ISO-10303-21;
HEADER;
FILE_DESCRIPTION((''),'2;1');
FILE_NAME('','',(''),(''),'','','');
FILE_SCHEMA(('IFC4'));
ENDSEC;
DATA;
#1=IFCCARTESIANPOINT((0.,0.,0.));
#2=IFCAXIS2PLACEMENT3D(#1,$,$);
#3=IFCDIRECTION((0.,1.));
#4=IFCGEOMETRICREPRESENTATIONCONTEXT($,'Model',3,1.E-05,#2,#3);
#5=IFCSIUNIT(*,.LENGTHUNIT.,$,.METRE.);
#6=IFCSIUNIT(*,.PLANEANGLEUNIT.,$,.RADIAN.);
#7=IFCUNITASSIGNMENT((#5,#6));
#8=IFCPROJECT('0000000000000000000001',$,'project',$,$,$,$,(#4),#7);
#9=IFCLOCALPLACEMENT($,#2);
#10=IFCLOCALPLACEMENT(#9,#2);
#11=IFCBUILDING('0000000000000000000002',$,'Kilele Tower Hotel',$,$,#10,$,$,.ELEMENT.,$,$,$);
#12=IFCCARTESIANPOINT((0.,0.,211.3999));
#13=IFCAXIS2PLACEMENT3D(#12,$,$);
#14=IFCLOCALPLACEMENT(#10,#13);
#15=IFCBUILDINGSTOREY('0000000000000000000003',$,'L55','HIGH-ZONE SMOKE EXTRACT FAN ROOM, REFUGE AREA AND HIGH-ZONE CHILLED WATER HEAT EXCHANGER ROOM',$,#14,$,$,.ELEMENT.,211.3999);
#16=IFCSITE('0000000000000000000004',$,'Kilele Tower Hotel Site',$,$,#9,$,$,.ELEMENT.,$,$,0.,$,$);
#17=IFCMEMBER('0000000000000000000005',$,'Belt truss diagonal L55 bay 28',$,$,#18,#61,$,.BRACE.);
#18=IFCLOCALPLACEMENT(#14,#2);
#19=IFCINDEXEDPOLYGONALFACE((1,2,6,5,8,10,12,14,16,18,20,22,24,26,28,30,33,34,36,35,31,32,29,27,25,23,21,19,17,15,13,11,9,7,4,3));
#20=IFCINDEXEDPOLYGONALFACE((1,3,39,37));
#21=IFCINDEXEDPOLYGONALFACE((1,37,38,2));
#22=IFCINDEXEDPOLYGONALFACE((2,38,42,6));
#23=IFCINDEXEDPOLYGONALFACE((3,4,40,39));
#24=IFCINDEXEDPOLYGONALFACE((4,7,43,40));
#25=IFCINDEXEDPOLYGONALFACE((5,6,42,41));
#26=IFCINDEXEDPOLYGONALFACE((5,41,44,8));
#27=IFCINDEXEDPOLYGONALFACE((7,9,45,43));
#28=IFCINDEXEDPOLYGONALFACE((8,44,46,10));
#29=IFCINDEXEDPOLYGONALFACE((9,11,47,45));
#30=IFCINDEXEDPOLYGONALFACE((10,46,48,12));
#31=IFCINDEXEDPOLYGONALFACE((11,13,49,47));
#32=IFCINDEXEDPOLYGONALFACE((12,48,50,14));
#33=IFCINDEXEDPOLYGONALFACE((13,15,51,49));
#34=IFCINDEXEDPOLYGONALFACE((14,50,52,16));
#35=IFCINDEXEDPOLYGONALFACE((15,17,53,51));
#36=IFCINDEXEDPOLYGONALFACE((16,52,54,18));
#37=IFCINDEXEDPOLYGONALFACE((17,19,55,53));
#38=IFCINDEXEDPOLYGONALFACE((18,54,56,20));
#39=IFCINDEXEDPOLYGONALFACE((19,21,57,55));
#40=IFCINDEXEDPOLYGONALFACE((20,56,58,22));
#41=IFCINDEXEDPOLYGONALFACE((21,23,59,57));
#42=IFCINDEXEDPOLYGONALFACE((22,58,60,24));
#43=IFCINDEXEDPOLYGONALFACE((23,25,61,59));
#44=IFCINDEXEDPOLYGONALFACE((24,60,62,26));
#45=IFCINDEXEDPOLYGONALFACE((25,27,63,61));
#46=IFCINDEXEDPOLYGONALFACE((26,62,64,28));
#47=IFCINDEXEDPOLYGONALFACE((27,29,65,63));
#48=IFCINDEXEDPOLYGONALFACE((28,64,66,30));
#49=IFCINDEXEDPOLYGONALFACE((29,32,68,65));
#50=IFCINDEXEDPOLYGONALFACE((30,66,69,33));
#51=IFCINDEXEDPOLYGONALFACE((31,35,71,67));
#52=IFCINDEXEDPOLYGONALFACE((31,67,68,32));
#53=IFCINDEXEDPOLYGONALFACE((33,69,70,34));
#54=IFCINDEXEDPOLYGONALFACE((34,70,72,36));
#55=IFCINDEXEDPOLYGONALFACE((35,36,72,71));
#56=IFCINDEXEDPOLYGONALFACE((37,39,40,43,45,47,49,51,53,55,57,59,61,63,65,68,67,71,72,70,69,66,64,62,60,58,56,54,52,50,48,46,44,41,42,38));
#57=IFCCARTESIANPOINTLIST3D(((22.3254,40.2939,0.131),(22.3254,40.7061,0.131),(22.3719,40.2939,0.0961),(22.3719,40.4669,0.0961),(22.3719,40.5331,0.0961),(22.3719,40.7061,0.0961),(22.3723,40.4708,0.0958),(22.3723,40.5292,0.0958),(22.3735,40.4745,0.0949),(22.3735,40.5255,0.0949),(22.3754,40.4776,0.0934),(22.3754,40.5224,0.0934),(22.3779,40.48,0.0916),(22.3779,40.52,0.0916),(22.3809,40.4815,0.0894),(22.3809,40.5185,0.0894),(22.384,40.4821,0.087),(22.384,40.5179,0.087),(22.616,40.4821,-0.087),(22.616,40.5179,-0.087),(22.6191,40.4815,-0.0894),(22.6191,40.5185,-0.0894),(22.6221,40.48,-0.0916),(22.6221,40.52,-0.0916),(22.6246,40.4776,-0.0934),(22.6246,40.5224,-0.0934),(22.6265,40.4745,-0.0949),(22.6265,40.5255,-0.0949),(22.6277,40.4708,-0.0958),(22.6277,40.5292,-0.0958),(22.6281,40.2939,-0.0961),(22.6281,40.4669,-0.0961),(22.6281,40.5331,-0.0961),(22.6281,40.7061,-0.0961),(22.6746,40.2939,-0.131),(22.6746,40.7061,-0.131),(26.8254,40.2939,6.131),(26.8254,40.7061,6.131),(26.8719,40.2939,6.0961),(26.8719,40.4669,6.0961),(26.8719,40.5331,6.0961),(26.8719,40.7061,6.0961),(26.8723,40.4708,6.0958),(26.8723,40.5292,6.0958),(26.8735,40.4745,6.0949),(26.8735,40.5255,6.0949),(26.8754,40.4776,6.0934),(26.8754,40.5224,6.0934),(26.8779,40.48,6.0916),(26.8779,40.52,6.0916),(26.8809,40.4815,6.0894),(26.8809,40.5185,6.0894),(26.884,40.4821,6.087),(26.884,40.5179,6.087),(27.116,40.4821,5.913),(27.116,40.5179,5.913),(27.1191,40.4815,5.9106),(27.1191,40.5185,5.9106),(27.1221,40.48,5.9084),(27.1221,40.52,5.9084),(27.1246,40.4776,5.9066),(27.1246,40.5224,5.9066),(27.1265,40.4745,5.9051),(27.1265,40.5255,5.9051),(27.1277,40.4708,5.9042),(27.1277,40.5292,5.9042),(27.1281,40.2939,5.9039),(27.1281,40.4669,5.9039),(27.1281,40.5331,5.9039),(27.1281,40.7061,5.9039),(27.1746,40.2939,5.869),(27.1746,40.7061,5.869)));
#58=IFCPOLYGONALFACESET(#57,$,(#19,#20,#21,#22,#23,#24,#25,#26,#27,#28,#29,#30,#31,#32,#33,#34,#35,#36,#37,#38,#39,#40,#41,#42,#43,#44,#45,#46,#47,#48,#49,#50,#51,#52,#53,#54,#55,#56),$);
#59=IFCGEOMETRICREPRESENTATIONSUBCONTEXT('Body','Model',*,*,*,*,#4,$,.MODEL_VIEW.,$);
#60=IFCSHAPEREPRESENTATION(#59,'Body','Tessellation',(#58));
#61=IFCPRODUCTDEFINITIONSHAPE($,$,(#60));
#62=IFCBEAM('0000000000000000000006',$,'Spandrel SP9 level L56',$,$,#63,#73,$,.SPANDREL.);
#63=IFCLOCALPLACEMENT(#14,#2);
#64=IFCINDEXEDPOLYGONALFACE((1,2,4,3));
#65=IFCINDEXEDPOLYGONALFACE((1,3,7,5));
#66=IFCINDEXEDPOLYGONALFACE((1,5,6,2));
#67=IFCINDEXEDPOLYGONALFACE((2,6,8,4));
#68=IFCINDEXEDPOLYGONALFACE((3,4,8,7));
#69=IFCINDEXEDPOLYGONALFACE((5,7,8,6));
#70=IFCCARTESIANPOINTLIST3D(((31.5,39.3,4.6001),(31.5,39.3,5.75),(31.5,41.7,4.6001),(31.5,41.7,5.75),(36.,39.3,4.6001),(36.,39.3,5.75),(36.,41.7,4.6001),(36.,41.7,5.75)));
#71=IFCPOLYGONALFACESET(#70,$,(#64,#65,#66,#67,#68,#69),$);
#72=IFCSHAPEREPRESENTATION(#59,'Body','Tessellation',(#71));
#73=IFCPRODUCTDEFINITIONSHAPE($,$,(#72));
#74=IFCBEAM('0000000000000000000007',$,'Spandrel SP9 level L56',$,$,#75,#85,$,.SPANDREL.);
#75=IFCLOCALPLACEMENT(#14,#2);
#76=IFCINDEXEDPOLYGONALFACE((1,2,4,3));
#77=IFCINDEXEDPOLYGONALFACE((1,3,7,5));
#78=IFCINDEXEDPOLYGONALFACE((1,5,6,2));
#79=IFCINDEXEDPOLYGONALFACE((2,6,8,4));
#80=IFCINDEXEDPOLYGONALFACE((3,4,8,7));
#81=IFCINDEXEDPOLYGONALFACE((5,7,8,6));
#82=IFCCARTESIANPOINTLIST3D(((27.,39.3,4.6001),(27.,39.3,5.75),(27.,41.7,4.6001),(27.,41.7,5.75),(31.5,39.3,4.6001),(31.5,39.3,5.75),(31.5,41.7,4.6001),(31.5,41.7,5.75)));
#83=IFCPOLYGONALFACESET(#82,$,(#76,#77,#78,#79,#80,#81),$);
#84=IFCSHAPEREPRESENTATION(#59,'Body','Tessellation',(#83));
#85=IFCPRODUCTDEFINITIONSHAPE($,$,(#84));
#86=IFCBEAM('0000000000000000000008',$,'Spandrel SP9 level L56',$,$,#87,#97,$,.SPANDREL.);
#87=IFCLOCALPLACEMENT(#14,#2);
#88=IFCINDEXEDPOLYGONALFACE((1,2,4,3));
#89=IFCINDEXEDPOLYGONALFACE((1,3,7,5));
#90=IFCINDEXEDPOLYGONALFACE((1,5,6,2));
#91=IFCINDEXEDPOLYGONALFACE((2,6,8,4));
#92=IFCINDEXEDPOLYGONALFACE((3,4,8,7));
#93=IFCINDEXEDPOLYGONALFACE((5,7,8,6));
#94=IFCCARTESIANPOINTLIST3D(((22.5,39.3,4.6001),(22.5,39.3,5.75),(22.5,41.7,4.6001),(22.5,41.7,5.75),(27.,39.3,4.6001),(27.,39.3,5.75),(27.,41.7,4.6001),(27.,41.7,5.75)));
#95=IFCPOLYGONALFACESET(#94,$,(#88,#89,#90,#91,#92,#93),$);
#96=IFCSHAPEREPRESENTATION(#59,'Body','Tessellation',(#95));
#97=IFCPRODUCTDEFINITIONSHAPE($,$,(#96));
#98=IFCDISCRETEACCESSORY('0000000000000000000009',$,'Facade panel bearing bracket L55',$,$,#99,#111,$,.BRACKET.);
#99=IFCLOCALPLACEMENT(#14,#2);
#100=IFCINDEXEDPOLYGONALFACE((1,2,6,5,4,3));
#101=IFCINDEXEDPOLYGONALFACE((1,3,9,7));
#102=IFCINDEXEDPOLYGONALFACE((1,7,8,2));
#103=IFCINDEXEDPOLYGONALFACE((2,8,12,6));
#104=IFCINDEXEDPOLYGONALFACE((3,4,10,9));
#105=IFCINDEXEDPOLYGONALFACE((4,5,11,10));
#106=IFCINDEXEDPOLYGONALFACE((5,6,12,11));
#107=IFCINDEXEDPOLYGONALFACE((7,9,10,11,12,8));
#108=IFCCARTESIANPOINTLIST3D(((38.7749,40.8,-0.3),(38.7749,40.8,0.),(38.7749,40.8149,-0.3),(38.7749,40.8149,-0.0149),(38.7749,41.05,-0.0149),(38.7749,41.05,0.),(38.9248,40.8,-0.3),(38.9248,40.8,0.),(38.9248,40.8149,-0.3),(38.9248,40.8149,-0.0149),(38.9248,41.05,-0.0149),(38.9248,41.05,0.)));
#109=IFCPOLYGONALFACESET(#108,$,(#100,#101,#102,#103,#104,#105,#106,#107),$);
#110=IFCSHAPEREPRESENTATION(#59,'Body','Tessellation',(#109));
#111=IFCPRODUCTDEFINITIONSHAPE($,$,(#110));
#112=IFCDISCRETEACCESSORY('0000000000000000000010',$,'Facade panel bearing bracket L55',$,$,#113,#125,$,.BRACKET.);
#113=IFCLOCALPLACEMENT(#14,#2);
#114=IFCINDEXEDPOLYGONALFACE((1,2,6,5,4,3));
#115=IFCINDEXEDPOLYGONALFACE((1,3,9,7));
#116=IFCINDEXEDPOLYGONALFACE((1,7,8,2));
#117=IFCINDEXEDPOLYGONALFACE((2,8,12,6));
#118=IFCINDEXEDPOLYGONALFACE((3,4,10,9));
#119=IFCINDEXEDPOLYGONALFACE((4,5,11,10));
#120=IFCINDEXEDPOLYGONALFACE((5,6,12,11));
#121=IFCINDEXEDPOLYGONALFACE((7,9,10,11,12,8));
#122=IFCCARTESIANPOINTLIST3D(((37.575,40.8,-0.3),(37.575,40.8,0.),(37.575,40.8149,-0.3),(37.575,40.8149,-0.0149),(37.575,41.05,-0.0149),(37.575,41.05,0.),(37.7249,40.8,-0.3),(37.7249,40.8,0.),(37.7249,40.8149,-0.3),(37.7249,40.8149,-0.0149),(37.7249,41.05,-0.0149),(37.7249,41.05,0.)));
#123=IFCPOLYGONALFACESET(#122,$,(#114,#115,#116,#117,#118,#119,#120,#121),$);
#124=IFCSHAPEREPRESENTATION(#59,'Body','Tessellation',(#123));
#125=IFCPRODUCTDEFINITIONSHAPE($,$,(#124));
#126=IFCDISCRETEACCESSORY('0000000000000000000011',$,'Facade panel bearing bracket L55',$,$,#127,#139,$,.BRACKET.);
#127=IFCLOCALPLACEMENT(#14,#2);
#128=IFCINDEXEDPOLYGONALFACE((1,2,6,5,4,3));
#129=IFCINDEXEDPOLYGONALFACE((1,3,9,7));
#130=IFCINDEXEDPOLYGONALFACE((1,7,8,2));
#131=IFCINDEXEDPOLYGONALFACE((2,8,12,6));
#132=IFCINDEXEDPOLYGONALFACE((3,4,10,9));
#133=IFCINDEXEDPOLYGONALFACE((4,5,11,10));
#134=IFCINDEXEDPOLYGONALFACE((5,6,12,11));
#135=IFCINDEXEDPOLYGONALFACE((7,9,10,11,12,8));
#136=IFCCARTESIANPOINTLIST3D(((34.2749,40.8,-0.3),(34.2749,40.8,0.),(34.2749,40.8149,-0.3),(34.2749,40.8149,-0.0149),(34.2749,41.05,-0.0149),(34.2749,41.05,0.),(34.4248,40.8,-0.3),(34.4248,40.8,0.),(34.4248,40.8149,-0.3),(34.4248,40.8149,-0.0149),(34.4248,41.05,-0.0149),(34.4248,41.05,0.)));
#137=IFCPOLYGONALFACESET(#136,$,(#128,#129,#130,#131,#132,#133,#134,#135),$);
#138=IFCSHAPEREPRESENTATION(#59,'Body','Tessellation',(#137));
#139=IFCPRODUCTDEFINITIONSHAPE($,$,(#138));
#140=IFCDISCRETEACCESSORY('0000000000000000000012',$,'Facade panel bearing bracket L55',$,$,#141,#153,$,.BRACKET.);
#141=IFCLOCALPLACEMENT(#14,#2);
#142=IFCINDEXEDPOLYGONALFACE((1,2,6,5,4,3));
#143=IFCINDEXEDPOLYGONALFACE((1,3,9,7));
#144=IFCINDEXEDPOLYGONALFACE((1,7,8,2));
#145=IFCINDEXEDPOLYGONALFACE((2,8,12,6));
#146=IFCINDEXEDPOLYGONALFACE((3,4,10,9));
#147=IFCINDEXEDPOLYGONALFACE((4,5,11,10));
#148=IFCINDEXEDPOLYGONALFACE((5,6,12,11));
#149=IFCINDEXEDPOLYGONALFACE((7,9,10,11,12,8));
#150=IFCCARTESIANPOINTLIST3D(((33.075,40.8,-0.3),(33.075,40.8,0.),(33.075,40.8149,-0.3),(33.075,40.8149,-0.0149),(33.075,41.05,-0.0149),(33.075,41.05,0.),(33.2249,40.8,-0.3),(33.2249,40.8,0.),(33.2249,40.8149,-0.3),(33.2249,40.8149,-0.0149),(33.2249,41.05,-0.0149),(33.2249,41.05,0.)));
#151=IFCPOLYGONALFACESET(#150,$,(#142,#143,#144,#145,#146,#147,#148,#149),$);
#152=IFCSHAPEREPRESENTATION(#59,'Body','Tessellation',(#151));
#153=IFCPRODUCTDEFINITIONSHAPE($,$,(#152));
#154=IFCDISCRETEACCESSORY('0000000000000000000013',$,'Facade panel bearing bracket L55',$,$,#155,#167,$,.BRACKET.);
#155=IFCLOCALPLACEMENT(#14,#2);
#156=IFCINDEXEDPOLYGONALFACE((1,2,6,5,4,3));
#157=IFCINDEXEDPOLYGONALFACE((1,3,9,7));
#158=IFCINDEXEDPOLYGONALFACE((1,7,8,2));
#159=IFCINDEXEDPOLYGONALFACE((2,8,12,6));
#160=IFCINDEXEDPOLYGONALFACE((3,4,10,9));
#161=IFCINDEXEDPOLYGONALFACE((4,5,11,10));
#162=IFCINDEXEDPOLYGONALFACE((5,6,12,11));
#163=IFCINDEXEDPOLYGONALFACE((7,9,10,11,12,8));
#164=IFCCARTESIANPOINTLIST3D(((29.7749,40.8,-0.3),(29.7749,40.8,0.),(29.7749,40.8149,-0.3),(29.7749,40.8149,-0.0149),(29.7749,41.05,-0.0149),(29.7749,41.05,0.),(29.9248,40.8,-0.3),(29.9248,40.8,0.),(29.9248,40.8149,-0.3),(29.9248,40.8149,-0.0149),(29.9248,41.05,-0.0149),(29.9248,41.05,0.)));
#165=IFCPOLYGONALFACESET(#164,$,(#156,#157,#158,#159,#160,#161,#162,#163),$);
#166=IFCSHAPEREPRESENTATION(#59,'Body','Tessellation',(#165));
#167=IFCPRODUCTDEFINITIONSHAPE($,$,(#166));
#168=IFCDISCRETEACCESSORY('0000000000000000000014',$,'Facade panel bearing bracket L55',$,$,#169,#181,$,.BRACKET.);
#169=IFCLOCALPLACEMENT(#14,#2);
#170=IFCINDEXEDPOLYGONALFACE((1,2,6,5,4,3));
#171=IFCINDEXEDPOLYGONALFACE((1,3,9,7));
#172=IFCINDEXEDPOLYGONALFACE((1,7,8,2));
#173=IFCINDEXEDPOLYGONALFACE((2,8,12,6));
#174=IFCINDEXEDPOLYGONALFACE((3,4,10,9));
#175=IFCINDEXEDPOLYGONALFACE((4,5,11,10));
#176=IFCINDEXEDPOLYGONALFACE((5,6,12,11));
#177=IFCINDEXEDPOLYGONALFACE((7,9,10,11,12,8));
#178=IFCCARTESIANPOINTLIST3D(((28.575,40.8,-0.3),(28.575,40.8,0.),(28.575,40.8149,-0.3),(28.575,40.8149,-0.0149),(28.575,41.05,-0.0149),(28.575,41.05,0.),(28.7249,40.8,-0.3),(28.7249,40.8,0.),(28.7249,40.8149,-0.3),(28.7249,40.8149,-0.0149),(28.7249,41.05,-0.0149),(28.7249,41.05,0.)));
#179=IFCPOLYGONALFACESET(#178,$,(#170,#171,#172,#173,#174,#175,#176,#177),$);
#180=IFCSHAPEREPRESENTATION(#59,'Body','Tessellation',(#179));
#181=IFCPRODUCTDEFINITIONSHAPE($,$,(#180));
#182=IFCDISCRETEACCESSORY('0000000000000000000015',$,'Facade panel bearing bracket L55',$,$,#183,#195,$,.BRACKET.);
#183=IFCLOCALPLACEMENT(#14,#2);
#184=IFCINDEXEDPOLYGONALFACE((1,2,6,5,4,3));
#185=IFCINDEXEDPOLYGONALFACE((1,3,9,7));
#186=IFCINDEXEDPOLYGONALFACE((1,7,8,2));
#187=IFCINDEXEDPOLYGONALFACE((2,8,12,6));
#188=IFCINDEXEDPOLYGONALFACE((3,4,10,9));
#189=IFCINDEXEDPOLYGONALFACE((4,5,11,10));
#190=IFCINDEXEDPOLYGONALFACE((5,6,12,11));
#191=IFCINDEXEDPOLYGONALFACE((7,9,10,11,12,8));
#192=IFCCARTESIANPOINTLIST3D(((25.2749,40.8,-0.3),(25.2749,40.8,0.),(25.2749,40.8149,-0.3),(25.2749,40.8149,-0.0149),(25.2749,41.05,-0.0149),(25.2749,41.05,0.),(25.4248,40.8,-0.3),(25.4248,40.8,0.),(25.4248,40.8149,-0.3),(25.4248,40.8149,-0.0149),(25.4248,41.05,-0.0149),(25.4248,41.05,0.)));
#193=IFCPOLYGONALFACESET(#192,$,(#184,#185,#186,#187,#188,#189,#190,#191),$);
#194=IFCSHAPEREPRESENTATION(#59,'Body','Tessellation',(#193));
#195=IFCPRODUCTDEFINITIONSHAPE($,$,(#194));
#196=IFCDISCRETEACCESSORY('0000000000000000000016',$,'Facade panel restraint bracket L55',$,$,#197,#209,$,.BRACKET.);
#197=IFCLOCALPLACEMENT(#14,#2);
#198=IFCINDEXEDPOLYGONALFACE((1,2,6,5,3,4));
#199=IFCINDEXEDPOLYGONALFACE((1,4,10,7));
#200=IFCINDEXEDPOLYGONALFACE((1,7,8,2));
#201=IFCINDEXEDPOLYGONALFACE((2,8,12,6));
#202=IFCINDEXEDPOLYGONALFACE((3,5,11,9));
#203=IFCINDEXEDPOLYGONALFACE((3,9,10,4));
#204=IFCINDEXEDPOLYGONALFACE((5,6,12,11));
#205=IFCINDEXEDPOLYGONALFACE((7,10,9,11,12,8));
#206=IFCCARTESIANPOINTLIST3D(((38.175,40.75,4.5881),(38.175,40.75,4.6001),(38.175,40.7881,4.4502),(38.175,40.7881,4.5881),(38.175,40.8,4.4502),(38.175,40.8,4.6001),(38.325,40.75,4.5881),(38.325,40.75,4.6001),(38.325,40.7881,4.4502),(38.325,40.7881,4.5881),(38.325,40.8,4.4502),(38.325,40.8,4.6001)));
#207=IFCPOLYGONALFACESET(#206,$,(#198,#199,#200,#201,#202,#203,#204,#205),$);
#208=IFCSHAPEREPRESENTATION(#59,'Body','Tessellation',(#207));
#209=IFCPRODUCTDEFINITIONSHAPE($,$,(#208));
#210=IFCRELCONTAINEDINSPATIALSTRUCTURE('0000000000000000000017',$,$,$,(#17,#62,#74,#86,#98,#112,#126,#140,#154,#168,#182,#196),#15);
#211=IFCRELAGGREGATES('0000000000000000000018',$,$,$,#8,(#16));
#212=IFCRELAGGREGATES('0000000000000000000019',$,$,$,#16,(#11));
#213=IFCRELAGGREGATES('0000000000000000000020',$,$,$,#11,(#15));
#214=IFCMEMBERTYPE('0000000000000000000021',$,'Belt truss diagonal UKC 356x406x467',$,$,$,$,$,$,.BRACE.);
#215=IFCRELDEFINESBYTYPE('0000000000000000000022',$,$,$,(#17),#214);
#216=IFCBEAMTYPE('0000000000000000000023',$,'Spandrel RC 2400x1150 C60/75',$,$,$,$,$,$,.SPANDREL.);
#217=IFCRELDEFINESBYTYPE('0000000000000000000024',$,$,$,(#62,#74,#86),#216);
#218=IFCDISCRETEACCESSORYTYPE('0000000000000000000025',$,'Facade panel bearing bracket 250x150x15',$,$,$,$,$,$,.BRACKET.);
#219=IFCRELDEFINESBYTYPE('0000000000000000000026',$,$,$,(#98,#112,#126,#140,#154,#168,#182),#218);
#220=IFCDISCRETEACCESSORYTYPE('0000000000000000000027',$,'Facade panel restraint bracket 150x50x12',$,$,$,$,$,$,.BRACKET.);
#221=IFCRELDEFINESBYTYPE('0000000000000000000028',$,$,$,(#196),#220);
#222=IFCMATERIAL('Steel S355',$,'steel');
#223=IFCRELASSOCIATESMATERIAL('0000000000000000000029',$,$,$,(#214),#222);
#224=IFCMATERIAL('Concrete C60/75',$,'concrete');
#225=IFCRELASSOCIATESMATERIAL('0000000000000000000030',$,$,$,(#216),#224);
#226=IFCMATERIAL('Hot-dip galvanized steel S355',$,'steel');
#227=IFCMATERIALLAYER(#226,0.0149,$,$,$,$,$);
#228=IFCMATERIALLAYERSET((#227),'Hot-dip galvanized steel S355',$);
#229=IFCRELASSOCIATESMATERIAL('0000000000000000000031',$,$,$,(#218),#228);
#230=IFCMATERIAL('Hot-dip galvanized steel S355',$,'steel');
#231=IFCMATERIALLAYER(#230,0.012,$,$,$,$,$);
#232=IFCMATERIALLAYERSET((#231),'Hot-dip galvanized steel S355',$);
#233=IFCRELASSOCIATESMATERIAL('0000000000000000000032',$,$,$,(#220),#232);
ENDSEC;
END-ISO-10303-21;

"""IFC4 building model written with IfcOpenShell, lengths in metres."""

from ifc_helpers import new_model, si_unit, direction, frame, origin, origin_2d, place, context, subcontext, project, spatial, polyline, rectangle, i_section, outline, extrude, source, transform, mapped, material, layer, layer_set, material_profile, profile_set, type_object, element, save


model = new_model("IFC4")

# Units and contexts
model_context = context("Model", 3, precision=1e-05, world=origin(), true_north=direction((0.0, 1.0)))
body_context = subcontext(model_context, "Body", "Model", "MODEL_VIEW")
ifc_project = project(units=[si_unit("LENGTHUNIT", "METRE"), si_unit("PLANEANGLEUNIT", "RADIAN")], contexts=[model_context])

# Site, building, storey
site_placement = place(None, origin())
site = spatial("IfcSite", under=ifc_project, at=site_placement, Name="Kilele Tower Hotel Site", CompositionType="ELEMENT", RefElevation=0.0)
building_placement = place(site_placement, origin())
building = spatial("IfcBuilding", under=site, at=building_placement, Name="Kilele Tower Hotel", CompositionType="ELEMENT")
storey_placement = place(building_placement, frame((0.0, 0.0, 211.3999)))
storey = spatial("IfcBuildingStorey", under=building, at=storey_placement, Name="L55", Description="HIGH-ZONE SMOKE EXTRACT FAN ROOM, REFUGE AREA AND HIGH-ZONE CHILLED WATER HEAT EXCHANGER ROOM", CompositionType="ELEMENT", Elevation=211.3999)

# Member
ifc_material_1 = material(Name="Steel S355", Category="steel")
ifc_material_profile_1 = material_profile(ifc_material_1, i_section(OverallWidth=0.4121, OverallDepth=0.4365, WebThickness=0.0359, FlangeThickness=0.0581, FilletRadius=0.0151, at=origin_2d()))
ifc_profile_set_1 = profile_set([ifc_material_profile_1], Name="Steel S355")
member_type = type_object("IfcMemberType", Name="Belt truss diagonal UKC 356x406x467", PredefinedType="BRACE", material=ifc_profile_set_1)
for number, where, z_axis, x_axis, name in (
    (1, (27.0, 40.5, 6.0), (-0.6, 0.0, -0.8), (0.0, -1.0, 0.0), "Belt truss diagonal L55 bay 28"),
):
    element("IfcMember", number, at=place(storey_placement, frame(where, z_axis=z_axis, x_axis=x_axis)), inside=storey, type_object=member_type, Name=name, PredefinedType="BRACE", context=body_context, shape_type="SweptSolid", body=[
        extrude(i_section(OverallWidth=0.4121, OverallDepth=0.4365, WebThickness=0.0359, FlangeThickness=0.0581, FilletRadius=0.0151, at=origin_2d()), origin(), (0.0, 0.0, 1.0), 7.5),
    ])

# Beams
ifc_material_2 = material(Name="Concrete C60/75", Category="concrete")
ifc_material_profile_2 = material_profile(ifc_material_2, rectangle(XDim=2.3999, YDim=1.1499, at=origin_2d()))
ifc_profile_set_2 = profile_set([ifc_material_profile_2], Name="Concrete C60/75")
beam_type_1 = type_object("IfcBeamType", Name="Spandrel RC 2400x1150 C60/75", PredefinedType="SPANDREL", material=ifc_profile_set_2)
for number, where, z_axis, x_axis, name in (
    (2, (36.0, 40.5, 5.175), (-1.0, 0.0, 0.0), (0.0, -1.0, 0.0), "Spandrel SP9 level L56"),
    (3, (31.5, 40.5, 5.175), (-1.0, 0.0, 0.0), (0.0, -1.0, 0.0), "Spandrel SP9 level L56"),
    (4, (27.0, 40.5, 5.175), (-1.0, 0.0, 0.0), (0.0, -1.0, 0.0), "Spandrel SP9 level L56"),
):
    element("IfcBeam", number, at=place(storey_placement, frame(where, z_axis=z_axis, x_axis=x_axis)), inside=storey, type_object=beam_type_1, Name=name, PredefinedType="SPANDREL", context=body_context, shape_type="SweptSolid", body=[
        extrude(rectangle(XDim=2.3999, YDim=1.1499, at=origin_2d()), origin(), (0.0, 0.0, 1.0), 4.5),
    ])

# Discrete accessories
ifc_material_3 = material(Name="Hot-dip galvanized steel S355", Category="steel")
ifc_layer_1 = layer(ifc_material_3, 0.0149)
ifc_layer_set_1 = layer_set([ifc_layer_1], Name="Hot-dip galvanized steel S355")
discrete_accessory_type_1 = type_object("IfcDiscreteAccessoryType", Name="Facade panel bearing bracket 250x150x15", PredefinedType="BRACKET", material=ifc_layer_set_1)
shared_shape_1 = source(origin(), body_context, "Body", "SweptSolid", [
    extrude(outline(polyline([(0.0, 0.0), (0.25, 0.0), (0.25, -0.0149), (0.0149, -0.0149), (0.0149, -0.3), (0.0, -0.3), (0.0, 0.0)])), origin(), (0.0, 0.0, 1.0), 0.1499),
])
for number, where, z_axis, x_axis, name in (
    (5, (38.7749, 40.8, 0.0), (1.0, 0.0, 0.0), (0.0, 1.0, 0.0), "Facade panel bearing bracket L55"),
    (6, (37.575, 40.8, 0.0), (1.0, 0.0, 0.0), (0.0, 1.0, 0.0), "Facade panel bearing bracket L55"),
    (7, (34.2749, 40.8, 0.0), (1.0, 0.0, 0.0), (0.0, 1.0, 0.0), "Facade panel bearing bracket L55"),
    (8, (33.075, 40.8, 0.0), (1.0, 0.0, 0.0), (0.0, 1.0, 0.0), "Facade panel bearing bracket L55"),
    (9, (29.7749, 40.8, 0.0), (1.0, 0.0, 0.0), (0.0, 1.0, 0.0), "Facade panel bearing bracket L55"),
    (10, (28.575, 40.8, 0.0), (1.0, 0.0, 0.0), (0.0, 1.0, 0.0), "Facade panel bearing bracket L55"),
    (11, (25.2749, 40.8, 0.0), (1.0, 0.0, 0.0), (0.0, 1.0, 0.0), "Facade panel bearing bracket L55"),
):
    element("IfcDiscreteAccessory", number, at=place(storey_placement, frame(where, z_axis=z_axis, x_axis=x_axis)), inside=storey, type_object=discrete_accessory_type_1, Name=name, PredefinedType="BRACKET", context=body_context, shape_type="MappedRepresentation", body=[
        mapped(shared_shape_1, transform((0.0, 0.0, 0.0))),
    ])
ifc_material_4 = material(Name="Hot-dip galvanized steel S355", Category="steel")
ifc_layer_2 = layer(ifc_material_4, 0.012)
ifc_layer_set_2 = layer_set([ifc_layer_2], Name="Hot-dip galvanized steel S355")
discrete_accessory_type_2 = type_object("IfcDiscreteAccessoryType", Name="Facade panel restraint bracket 150x50x12", PredefinedType="BRACKET", material=ifc_layer_set_2)
shared_shape_2 = source(origin(), body_context, "Body", "SweptSolid", [
    extrude(outline(polyline([(0.0, 0.0), (0.0, -0.1499), (-0.012, -0.1499), (-0.012, -0.012), (-0.05, -0.012), (-0.05, 0.0), (0.0, 0.0)])), origin(), (0.0, 0.0, 1.0), 0.1499),
])
for number, where, z_axis, x_axis, name in (
    (12, (38.175, 40.8, 4.6001), (1.0, 0.0, 0.0), (0.0, 1.0, 0.0), "Facade panel restraint bracket L55"),
):
    element("IfcDiscreteAccessory", number, at=place(storey_placement, frame(where, z_axis=z_axis, x_axis=x_axis)), inside=storey, type_object=discrete_accessory_type_2, Name=name, PredefinedType="BRACKET", context=body_context, shape_type="MappedRepresentation", body=[
        mapped(shared_shape_2, transform((0.0, 0.0, 0.0))),
    ])

save(model, "model.ifc")
